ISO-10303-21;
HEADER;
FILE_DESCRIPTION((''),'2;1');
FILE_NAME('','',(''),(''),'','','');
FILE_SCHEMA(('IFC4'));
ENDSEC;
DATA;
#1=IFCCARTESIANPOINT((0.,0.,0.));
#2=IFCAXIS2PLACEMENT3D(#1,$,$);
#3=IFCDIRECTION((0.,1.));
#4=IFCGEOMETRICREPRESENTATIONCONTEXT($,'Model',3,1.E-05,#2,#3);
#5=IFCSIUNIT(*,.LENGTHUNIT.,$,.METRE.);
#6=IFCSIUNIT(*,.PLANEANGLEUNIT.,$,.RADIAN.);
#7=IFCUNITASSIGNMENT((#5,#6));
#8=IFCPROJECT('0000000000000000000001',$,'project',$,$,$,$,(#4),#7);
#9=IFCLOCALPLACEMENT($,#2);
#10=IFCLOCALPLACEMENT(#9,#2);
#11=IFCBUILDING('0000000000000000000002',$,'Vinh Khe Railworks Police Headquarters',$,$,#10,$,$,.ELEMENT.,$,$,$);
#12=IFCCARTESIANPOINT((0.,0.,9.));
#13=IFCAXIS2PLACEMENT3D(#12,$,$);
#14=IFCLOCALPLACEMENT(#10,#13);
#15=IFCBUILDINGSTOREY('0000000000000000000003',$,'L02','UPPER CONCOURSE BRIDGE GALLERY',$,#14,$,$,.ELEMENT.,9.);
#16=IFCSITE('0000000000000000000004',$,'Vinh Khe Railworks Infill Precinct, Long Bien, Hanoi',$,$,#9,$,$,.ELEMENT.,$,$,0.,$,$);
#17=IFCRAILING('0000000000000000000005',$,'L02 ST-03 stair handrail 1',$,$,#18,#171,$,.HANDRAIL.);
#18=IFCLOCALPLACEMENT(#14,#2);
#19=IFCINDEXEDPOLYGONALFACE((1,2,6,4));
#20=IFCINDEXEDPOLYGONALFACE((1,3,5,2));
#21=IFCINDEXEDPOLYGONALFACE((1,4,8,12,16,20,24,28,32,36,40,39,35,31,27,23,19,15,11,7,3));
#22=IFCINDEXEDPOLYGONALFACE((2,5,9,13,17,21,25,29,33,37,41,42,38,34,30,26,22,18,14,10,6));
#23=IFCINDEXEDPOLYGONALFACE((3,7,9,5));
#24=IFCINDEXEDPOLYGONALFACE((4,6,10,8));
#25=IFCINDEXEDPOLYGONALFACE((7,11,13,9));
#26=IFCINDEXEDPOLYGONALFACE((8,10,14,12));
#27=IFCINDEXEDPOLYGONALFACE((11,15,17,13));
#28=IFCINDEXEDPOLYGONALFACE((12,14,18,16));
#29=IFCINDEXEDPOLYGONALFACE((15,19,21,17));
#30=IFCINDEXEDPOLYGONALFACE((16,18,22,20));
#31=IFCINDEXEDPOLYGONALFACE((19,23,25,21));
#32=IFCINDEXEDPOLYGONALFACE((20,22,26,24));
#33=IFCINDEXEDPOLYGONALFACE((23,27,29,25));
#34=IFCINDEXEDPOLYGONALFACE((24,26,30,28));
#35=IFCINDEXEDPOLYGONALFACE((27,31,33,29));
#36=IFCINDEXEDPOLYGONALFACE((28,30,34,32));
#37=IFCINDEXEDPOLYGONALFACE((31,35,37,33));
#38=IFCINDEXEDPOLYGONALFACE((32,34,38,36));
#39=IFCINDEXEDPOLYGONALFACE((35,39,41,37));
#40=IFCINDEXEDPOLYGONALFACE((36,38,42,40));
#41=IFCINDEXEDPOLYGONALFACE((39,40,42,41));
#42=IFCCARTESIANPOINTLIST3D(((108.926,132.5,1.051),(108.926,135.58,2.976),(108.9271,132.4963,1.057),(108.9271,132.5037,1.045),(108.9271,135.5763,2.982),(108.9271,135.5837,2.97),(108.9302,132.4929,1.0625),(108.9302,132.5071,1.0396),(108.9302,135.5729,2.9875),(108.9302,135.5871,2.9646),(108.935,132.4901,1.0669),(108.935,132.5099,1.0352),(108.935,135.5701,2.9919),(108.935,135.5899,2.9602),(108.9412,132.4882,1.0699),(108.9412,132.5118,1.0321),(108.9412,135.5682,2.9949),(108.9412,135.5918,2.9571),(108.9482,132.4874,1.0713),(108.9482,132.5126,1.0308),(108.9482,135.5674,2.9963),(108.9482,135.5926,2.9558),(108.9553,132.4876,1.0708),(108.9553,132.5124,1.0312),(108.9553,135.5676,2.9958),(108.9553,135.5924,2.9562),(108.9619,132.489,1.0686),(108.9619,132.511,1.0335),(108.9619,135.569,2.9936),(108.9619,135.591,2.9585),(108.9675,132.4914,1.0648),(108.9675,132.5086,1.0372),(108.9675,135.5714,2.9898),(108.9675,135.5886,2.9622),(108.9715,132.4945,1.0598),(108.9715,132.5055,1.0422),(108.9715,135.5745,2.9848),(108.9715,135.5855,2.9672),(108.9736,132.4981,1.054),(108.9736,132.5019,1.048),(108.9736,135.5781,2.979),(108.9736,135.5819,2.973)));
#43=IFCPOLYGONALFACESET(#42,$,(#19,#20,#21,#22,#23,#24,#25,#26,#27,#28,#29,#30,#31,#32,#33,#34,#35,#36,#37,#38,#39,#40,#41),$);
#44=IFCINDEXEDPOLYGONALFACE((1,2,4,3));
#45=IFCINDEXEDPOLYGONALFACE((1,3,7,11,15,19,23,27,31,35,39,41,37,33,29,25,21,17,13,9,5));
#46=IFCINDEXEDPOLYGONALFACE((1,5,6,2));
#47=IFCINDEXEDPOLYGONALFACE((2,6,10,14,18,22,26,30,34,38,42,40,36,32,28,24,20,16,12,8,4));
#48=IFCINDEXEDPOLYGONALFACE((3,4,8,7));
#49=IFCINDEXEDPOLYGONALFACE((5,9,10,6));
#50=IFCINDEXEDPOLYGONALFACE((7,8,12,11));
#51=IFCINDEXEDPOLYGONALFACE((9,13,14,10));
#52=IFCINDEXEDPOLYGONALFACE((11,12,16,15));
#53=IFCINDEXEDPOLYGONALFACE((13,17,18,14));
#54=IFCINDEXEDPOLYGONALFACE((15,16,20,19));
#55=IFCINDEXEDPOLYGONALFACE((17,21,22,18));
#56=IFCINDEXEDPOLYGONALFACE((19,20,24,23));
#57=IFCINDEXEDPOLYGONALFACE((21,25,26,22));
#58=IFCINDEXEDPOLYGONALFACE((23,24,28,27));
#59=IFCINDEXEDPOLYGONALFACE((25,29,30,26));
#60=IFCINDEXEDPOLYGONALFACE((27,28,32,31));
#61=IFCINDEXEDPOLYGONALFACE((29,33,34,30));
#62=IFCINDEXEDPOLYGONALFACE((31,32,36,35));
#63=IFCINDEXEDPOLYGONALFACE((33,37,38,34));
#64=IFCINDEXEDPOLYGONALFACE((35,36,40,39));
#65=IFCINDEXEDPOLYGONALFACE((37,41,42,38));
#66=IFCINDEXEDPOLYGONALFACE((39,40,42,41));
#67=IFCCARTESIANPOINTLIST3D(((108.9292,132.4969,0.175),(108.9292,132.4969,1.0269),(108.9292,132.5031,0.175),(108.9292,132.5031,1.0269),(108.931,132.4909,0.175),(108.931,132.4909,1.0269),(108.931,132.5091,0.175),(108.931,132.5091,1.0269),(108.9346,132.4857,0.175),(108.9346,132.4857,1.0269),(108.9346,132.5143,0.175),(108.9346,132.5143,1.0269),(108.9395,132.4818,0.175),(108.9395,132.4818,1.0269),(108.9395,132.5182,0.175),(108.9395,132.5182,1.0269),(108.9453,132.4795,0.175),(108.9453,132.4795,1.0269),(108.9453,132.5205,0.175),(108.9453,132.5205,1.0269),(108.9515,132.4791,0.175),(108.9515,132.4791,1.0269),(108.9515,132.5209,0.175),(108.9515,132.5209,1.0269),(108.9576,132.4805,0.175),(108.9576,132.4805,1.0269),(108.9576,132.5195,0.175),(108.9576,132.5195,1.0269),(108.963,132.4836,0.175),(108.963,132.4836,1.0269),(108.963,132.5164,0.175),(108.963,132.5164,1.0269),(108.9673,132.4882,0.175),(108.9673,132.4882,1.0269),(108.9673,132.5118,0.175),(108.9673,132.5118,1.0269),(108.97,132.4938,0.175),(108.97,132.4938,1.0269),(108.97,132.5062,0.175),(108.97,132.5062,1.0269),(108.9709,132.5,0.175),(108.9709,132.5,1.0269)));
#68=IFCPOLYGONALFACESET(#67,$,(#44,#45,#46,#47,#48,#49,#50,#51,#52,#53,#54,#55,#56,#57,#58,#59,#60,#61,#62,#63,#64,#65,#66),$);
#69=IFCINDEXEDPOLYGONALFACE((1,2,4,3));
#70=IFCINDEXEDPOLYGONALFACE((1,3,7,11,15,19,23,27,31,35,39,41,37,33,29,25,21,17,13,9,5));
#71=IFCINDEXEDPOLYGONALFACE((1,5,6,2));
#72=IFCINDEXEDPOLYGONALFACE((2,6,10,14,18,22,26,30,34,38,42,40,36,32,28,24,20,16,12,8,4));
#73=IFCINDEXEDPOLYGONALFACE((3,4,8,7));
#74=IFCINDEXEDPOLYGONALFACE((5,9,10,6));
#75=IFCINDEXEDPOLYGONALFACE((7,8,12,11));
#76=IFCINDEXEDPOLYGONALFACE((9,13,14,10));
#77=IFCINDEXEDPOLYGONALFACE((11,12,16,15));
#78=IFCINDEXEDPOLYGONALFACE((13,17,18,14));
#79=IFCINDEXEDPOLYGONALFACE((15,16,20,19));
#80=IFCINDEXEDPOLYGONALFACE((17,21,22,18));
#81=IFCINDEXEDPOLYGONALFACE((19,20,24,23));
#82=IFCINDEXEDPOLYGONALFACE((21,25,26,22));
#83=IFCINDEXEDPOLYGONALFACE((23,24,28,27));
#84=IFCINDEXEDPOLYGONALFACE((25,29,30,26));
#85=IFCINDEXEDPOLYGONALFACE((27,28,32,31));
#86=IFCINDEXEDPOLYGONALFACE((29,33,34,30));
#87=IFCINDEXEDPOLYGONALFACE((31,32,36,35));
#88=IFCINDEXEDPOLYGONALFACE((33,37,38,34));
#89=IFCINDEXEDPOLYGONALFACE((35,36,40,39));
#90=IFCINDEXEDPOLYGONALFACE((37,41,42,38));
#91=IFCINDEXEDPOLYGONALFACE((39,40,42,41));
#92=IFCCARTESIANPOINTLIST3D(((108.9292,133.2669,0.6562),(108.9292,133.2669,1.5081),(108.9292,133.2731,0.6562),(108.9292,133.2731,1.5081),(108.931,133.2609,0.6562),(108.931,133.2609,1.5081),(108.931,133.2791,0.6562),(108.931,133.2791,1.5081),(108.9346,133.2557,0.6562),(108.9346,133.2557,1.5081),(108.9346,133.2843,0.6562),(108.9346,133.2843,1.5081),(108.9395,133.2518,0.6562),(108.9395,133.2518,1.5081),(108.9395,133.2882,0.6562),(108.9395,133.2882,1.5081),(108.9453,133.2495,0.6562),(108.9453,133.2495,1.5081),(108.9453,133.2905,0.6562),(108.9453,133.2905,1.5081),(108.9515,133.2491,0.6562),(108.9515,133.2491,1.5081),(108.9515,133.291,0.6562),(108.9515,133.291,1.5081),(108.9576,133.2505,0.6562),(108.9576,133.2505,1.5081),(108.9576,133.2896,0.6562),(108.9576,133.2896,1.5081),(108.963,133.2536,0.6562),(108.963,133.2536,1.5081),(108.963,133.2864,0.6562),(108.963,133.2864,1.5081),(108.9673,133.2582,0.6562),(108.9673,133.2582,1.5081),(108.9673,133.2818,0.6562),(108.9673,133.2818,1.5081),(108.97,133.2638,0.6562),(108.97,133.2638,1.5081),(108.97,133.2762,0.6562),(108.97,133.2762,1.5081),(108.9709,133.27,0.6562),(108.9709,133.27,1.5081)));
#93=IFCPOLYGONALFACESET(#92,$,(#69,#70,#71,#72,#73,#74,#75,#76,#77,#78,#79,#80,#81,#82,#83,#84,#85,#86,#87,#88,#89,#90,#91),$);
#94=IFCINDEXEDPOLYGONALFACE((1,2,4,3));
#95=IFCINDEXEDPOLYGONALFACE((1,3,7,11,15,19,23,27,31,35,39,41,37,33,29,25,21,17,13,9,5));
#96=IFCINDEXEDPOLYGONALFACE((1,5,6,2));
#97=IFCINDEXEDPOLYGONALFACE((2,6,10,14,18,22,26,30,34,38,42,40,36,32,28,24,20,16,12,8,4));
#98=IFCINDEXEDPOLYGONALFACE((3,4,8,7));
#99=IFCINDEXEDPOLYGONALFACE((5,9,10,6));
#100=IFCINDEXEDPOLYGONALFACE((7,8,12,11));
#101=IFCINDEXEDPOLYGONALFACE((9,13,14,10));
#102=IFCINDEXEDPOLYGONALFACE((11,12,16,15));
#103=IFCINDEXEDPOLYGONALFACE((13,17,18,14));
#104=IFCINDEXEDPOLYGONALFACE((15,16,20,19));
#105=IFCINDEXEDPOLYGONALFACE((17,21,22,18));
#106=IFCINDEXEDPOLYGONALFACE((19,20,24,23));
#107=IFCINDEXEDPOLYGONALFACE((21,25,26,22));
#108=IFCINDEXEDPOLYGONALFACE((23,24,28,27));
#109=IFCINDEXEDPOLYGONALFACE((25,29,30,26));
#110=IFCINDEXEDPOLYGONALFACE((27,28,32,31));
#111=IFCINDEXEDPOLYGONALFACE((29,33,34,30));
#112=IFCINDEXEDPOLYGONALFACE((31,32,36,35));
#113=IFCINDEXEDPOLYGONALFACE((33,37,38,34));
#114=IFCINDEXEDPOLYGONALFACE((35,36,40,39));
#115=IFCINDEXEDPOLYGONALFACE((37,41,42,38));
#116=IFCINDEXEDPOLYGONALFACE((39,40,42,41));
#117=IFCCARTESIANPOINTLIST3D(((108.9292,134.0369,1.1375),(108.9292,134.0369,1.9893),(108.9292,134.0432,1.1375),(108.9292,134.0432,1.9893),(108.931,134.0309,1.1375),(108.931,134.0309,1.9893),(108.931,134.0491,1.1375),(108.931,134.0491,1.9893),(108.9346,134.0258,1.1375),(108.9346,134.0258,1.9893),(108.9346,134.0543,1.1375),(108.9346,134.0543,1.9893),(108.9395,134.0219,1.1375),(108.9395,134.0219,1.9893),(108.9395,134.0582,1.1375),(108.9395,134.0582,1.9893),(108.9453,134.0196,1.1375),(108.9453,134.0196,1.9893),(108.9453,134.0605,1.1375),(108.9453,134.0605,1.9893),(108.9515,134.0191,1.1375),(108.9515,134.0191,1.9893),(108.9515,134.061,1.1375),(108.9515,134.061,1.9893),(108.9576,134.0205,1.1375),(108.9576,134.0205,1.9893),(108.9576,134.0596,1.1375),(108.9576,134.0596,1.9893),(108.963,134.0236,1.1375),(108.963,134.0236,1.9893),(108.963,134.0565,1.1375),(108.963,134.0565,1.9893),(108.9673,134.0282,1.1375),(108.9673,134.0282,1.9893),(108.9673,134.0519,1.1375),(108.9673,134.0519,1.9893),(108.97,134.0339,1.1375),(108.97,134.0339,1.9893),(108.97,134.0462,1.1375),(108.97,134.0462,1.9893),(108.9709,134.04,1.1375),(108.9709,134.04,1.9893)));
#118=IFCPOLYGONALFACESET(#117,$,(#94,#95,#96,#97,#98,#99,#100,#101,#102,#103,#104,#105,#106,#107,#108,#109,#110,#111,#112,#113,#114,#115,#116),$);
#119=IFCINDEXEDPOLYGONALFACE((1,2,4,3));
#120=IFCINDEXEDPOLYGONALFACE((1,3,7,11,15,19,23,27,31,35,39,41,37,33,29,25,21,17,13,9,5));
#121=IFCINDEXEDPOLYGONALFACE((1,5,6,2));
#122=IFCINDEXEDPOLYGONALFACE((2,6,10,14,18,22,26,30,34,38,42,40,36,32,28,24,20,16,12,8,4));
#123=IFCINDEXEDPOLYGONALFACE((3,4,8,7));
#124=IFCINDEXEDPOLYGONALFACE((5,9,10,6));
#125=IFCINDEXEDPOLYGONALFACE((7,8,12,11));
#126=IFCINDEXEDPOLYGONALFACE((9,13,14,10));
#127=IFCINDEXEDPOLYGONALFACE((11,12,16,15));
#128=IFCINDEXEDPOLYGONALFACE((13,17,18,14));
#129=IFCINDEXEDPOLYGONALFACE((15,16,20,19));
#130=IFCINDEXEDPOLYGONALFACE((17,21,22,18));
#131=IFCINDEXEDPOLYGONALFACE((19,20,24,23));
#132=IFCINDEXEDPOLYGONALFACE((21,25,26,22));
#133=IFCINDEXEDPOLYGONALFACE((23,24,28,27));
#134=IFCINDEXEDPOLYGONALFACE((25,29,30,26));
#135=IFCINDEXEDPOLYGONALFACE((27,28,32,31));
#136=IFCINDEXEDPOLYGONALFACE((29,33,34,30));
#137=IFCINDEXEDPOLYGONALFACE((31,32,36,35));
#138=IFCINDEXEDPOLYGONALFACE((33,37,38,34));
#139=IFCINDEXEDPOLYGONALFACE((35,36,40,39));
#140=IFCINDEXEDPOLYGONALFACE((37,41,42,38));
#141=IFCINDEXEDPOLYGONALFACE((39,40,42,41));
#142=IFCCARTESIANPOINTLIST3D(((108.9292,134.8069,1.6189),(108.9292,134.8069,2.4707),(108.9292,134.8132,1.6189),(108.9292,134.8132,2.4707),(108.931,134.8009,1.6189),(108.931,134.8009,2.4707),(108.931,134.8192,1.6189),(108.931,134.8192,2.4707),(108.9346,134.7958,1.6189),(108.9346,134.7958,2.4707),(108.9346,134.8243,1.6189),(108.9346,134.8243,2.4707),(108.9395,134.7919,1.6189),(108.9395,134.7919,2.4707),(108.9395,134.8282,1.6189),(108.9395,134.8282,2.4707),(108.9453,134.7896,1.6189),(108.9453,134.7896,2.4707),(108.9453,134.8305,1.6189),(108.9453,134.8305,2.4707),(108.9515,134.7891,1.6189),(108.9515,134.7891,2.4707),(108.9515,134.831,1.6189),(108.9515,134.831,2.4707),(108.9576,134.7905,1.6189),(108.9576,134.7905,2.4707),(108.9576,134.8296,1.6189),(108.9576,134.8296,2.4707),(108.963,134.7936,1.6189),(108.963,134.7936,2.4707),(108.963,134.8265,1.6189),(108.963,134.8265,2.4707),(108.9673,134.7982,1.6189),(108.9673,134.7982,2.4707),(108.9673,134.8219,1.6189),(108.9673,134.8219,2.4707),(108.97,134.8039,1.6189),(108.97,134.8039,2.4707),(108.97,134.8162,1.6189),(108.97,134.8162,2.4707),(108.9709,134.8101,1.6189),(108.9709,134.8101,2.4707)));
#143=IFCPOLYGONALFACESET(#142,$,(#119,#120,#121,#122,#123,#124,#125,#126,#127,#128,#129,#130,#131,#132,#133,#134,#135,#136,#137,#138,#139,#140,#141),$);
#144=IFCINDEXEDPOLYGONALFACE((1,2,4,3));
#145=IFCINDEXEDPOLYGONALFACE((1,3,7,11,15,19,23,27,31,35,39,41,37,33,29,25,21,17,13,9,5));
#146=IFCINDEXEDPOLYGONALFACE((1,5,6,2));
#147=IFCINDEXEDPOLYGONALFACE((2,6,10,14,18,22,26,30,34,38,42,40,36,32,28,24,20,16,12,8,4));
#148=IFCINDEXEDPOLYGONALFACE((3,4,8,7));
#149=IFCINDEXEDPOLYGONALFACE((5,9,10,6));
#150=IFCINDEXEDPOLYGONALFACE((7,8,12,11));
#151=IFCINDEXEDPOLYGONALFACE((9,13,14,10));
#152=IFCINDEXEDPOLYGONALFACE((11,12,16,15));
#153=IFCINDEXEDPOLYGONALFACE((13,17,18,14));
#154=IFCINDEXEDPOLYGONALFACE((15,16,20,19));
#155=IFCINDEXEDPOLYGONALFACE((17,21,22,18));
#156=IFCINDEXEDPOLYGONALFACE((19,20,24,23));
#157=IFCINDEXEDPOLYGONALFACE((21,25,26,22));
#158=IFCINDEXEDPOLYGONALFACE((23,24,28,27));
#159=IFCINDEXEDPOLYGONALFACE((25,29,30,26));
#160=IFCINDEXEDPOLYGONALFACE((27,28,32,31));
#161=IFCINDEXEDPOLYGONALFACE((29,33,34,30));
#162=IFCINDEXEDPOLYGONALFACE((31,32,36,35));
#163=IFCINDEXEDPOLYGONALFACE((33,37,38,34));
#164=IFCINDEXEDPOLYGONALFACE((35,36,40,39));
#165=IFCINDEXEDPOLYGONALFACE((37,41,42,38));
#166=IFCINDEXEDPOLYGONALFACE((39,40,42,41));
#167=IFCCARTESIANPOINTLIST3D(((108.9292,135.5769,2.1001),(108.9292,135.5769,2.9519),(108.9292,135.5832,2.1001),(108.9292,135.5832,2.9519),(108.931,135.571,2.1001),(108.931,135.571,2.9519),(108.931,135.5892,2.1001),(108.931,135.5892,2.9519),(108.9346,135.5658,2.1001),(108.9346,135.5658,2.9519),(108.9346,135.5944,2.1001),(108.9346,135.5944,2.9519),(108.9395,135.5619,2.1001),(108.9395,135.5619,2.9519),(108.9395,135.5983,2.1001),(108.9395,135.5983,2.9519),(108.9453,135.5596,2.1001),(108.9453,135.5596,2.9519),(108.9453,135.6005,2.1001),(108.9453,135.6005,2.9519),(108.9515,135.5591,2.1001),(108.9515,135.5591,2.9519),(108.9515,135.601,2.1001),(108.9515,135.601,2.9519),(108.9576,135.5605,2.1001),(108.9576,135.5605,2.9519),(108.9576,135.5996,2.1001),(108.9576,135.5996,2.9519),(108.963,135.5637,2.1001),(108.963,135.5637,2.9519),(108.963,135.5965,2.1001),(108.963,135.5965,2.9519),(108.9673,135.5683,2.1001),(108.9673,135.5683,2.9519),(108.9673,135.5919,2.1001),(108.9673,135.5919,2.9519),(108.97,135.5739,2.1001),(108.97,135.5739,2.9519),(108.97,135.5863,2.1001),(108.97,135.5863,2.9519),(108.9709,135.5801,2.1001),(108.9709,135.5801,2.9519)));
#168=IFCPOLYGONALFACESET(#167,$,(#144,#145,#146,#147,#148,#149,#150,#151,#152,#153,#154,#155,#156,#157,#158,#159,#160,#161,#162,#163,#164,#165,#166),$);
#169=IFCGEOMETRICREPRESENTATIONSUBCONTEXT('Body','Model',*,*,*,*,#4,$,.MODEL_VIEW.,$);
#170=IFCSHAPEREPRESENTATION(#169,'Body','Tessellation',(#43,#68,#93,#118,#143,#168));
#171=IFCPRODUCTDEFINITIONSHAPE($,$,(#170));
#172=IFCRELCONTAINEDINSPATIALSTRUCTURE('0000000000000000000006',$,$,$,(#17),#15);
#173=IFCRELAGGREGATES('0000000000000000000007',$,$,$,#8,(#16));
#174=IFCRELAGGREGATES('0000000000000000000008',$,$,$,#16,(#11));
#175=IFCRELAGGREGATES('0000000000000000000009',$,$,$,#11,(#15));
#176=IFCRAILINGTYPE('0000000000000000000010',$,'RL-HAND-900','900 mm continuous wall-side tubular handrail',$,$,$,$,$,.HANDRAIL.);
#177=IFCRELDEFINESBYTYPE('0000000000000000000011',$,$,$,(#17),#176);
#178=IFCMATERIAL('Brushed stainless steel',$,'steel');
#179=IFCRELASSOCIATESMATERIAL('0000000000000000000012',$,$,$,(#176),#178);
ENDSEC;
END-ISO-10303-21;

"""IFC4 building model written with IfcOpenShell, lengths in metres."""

from ifc_helpers import new_model, si_unit, direction, frame, origin, origin_2d, place, context, subcontext, project, spatial, circle, extrude, material, type_object, element, save


model = new_model("IFC4")

# Units and contexts
model_context = context("Model", 3, precision=1e-05, world=origin(), true_north=direction((0.0, 1.0)))
body_context = subcontext(model_context, "Body", "Model", "MODEL_VIEW")
ifc_project = project(units=[si_unit("LENGTHUNIT", "METRE"), si_unit("PLANEANGLEUNIT", "RADIAN")], contexts=[model_context])

# Site, building, storey
site_placement = place(None, origin())
site = spatial("IfcSite", under=ifc_project, at=site_placement, Name="Vinh Khe Railworks Infill Precinct, Long Bien, Hanoi", CompositionType="ELEMENT", RefElevation=0.0)
building_placement = place(site_placement, origin())
building = spatial("IfcBuilding", under=site, at=building_placement, Name="Vinh Khe Railworks Police Headquarters", CompositionType="ELEMENT")
storey_placement = place(building_placement, frame((0.0, 0.0, 9.0)))
storey = spatial("IfcBuildingStorey", under=building, at=storey_placement, Name="L02", Description="UPPER CONCOURSE BRIDGE GALLERY", CompositionType="ELEMENT", Elevation=9.0)

# Railing
ifc_material_1 = material(Name="Brushed stainless steel", Category="steel")
railing_type_1 = type_object("IfcRailingType", Name="RL-HAND-900", Description="900 mm continuous wall-side tubular handrail", PredefinedType="HANDRAIL", material=ifc_material_1)
railing_1_placement = place(storey_placement, frame((108.95, 132.5, 0.175)))
element("IfcRailing", 1, at=railing_1_placement, inside=storey, type_object=railing_type_1, Name="L02 ST-03 stair handrail 1", PredefinedType="HANDRAIL", context=body_context, shape_type="SweptSolid", body=[
    extrude(circle(Radius=0.0239, at=origin_2d()), frame((0.0, 0.0, 0.876), z_axis=(0.0, 0.847998, 0.529999), x_axis=(-1.0, 0.0, 0.0)), (0.0, 0.0, 1.0), 3.6321),
    extrude(circle(Radius=0.021, at=origin_2d()), origin(), (0.0, 0.0, 1.0), 0.8518),
    extrude(circle(Radius=0.021, at=origin_2d()), frame((0.0, 0.77, 0.4812)), (0.0, 0.0, 1.0), 0.8518),
    extrude(circle(Radius=0.021, at=origin_2d()), frame((0.0, 1.54, 0.9624)), (0.0, 0.0, 1.0), 0.8518),
    extrude(circle(Radius=0.021, at=origin_2d()), frame((0.0, 2.3101, 1.4438)), (0.0, 0.0, 1.0), 0.8518),
    extrude(circle(Radius=0.021, at=origin_2d()), frame((0.0, 3.0801, 1.925)), (0.0, 0.0, 1.0), 0.8518),
])

save(model, "model.ifc")
